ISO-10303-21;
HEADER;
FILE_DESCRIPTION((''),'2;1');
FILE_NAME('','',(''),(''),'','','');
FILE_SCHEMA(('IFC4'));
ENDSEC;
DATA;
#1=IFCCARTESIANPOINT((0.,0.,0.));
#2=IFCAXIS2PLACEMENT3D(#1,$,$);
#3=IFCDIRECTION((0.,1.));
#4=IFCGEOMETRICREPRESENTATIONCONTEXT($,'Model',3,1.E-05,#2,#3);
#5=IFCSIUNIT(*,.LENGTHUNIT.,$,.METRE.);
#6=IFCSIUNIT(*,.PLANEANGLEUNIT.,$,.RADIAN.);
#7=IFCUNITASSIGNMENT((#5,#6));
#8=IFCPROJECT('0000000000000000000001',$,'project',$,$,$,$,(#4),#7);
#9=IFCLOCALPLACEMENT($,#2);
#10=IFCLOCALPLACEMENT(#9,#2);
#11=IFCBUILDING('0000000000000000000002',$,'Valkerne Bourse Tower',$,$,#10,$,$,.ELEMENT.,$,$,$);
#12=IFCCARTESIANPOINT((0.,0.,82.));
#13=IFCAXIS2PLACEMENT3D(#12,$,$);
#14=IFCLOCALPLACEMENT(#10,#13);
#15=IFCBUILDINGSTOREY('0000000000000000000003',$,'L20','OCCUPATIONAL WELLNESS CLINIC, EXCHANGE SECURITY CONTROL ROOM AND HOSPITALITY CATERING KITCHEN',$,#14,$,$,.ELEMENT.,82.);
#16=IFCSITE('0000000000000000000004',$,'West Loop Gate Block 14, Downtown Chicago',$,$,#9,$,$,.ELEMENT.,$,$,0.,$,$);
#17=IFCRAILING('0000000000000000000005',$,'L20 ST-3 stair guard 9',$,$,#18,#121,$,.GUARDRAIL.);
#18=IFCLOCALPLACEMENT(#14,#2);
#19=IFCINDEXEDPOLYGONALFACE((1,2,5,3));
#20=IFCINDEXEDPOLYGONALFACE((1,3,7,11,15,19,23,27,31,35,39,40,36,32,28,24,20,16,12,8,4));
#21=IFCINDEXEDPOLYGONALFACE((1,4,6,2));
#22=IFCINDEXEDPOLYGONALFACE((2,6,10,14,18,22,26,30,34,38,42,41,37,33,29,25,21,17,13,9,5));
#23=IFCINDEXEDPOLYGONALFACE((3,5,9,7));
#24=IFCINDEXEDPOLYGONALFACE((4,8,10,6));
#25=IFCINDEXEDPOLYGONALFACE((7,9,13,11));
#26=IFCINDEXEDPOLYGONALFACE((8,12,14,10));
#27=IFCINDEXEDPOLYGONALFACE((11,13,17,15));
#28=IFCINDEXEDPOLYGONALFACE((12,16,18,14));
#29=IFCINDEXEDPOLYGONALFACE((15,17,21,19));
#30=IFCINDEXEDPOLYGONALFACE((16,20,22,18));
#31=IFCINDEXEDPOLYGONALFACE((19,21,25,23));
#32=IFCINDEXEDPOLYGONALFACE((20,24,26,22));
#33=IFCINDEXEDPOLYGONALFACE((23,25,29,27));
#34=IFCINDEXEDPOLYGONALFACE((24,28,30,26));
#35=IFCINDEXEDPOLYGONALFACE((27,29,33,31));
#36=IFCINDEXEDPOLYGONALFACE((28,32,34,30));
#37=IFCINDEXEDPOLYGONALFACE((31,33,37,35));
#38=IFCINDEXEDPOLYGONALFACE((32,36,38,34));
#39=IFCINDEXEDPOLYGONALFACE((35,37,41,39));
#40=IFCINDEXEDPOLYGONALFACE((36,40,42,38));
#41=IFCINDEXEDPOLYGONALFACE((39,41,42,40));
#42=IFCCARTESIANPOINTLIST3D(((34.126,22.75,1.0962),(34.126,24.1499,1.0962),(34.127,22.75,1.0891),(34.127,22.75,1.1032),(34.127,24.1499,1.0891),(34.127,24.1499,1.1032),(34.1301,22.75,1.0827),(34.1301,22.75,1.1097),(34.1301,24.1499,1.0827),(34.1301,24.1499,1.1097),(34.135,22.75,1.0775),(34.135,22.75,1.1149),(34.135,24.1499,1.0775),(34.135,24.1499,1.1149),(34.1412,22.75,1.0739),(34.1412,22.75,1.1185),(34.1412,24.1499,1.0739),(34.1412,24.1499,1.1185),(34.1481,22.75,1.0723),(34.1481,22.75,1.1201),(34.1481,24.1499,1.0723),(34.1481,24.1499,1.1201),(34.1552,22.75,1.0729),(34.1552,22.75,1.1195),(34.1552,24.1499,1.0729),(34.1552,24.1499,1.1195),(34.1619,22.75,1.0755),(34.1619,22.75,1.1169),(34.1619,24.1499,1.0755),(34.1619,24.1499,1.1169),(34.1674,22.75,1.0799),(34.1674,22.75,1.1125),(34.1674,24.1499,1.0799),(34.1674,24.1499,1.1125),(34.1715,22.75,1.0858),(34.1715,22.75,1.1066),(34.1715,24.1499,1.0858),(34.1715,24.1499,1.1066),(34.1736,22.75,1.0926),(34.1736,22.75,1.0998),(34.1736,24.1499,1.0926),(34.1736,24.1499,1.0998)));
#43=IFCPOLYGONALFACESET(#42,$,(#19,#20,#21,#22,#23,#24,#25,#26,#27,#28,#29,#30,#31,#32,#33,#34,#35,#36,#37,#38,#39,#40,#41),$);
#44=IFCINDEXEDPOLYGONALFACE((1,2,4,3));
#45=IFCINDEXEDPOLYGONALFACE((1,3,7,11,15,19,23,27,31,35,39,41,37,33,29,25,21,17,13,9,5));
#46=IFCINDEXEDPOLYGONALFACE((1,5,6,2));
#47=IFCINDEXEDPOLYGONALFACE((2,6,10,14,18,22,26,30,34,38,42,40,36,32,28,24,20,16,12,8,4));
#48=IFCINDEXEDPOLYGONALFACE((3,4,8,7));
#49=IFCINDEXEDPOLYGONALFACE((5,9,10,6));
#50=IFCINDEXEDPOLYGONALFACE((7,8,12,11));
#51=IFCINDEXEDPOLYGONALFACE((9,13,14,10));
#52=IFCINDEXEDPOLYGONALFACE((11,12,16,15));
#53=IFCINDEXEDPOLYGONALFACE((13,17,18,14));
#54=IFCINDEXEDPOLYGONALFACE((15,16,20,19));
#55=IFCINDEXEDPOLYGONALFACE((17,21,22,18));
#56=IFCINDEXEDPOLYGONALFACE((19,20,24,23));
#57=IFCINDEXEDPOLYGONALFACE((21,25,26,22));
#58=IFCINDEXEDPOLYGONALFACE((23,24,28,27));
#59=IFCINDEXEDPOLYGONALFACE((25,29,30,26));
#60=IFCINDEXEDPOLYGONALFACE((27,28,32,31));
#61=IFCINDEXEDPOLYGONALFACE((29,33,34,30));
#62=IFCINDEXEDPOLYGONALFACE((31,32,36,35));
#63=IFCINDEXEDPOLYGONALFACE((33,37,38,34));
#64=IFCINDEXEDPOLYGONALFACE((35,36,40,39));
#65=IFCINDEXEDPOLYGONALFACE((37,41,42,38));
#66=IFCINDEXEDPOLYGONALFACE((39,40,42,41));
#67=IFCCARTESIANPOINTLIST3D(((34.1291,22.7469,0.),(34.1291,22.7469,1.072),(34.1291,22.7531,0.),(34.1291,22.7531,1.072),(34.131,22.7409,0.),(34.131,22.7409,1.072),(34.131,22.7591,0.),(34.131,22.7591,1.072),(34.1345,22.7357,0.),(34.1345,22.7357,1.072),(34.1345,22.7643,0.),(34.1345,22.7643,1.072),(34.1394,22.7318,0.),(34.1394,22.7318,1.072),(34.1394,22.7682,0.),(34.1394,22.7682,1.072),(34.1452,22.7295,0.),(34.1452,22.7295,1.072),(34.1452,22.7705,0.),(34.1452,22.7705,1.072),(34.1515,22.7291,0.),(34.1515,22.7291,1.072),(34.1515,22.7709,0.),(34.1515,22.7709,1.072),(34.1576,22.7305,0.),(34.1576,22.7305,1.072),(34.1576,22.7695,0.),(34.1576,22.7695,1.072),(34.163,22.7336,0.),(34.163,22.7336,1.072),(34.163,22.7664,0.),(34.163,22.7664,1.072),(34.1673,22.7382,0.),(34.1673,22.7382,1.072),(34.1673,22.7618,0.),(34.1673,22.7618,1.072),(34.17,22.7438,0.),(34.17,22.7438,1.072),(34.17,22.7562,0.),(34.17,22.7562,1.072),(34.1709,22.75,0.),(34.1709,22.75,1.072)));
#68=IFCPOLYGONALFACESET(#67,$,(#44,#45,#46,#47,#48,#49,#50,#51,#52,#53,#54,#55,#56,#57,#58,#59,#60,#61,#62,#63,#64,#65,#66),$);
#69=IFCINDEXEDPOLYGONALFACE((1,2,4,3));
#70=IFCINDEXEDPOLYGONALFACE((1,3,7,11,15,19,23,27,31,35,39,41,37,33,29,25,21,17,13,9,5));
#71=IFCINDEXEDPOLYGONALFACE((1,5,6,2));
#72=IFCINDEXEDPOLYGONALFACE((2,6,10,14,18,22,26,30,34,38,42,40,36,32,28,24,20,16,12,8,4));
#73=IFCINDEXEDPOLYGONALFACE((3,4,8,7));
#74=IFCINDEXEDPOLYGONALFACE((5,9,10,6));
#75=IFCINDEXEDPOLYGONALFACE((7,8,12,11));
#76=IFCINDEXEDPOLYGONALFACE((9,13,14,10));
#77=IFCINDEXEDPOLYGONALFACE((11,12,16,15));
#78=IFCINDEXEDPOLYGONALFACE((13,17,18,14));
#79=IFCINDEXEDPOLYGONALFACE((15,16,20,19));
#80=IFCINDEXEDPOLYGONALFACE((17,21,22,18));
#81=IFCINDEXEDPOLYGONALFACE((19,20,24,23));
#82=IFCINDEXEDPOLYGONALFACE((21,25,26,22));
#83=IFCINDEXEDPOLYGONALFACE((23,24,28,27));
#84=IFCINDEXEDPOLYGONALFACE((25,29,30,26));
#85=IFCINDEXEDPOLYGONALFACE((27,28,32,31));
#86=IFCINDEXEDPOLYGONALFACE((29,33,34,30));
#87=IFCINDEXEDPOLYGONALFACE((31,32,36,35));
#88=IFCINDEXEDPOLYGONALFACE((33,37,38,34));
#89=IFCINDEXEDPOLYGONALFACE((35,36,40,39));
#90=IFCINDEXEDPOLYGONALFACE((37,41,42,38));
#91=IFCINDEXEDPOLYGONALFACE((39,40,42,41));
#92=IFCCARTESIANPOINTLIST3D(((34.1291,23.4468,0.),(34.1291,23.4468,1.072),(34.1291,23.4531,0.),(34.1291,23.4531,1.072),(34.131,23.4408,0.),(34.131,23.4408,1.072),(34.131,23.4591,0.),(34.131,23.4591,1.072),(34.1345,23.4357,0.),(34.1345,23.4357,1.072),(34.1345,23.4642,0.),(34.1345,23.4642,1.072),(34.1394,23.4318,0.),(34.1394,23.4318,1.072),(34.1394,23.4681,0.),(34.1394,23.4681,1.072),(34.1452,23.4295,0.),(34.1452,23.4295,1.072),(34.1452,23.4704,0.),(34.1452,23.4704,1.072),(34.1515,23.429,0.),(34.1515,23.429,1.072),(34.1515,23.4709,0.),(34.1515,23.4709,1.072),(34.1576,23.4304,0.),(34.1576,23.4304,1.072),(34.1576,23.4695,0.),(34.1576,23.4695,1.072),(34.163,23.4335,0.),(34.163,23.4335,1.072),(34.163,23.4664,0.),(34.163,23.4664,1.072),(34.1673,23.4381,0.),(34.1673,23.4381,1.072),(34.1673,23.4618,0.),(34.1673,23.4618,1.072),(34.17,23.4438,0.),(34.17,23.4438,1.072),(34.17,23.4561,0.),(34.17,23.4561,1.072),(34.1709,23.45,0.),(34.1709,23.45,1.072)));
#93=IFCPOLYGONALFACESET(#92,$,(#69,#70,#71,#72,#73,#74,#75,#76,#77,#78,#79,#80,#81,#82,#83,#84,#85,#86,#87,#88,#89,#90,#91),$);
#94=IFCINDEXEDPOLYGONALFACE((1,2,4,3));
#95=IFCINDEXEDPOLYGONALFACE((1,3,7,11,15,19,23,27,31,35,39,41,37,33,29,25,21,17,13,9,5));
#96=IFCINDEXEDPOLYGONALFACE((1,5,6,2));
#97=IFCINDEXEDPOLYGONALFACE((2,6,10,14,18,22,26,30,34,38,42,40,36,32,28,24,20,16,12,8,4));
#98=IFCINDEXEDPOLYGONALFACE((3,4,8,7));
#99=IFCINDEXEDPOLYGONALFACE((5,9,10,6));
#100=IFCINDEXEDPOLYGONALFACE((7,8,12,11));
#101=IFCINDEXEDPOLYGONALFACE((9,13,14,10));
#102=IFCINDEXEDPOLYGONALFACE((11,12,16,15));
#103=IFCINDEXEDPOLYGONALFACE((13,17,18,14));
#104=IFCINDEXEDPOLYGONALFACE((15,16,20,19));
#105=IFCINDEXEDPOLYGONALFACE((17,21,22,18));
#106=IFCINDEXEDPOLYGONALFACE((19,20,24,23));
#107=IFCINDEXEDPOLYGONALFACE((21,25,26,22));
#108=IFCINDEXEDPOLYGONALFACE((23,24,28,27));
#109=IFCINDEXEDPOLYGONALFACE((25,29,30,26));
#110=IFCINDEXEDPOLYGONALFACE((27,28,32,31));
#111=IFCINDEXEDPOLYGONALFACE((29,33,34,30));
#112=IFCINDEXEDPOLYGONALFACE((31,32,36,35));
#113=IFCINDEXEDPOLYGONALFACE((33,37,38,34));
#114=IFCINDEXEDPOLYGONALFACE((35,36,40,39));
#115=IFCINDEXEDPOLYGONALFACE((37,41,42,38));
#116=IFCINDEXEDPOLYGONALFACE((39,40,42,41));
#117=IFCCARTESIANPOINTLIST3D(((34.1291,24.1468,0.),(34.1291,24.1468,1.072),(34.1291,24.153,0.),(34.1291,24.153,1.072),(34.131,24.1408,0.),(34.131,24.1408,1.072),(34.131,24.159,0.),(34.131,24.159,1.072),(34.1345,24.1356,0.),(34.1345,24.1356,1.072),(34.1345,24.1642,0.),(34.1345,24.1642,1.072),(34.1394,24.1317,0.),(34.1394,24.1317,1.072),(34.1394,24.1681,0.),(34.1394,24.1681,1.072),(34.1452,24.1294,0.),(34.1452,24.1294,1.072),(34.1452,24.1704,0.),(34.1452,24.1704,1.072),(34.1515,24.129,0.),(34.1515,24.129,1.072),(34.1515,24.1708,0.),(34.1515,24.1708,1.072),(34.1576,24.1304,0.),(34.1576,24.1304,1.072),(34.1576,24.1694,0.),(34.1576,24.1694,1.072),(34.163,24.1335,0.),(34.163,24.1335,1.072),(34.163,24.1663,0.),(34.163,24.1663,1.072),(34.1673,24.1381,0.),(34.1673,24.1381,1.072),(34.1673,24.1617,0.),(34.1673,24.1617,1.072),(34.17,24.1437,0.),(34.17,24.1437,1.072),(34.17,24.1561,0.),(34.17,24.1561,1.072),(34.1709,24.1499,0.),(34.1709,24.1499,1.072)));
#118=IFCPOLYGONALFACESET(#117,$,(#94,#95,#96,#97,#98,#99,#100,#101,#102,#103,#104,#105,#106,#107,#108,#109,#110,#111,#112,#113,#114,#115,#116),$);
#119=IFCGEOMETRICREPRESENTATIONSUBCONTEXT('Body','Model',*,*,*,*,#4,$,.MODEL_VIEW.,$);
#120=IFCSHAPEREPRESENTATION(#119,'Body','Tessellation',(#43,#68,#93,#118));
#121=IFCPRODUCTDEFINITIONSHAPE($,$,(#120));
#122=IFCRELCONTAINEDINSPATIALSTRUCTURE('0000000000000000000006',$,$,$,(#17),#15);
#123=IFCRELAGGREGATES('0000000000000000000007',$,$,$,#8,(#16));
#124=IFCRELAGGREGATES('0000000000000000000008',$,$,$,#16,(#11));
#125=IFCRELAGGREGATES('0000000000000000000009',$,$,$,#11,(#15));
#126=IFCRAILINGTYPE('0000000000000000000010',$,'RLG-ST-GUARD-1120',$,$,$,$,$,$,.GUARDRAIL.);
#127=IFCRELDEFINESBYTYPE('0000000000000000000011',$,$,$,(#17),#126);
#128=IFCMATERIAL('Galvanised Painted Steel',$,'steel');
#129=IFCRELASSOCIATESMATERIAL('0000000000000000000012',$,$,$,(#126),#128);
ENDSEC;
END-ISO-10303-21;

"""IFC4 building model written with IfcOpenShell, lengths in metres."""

from ifc_helpers import new_model, si_unit, direction, frame, origin, origin_2d, place, context, subcontext, project, spatial, circle, extrude, material, type_object, element, save


model = new_model("IFC4")

# Units and contexts
model_context = context("Model", 3, precision=1e-05, world=origin(), true_north=direction((0.0, 1.0)))
body_context = subcontext(model_context, "Body", "Model", "MODEL_VIEW")
ifc_project = project(units=[si_unit("LENGTHUNIT", "METRE"), si_unit("PLANEANGLEUNIT", "RADIAN")], contexts=[model_context])

# Site, building, storey
site_placement = place(None, origin())
site = spatial("IfcSite", under=ifc_project, at=site_placement, Name="West Loop Gate Block 14, Downtown Chicago", CompositionType="ELEMENT", RefElevation=0.0)
building_placement = place(site_placement, origin())
building = spatial("IfcBuilding", under=site, at=building_placement, Name="Valkerne Bourse Tower", CompositionType="ELEMENT")
storey_placement = place(building_placement, frame((0.0, 0.0, 82.0)))
storey = spatial("IfcBuildingStorey", under=building, at=storey_placement, Name="L20", Description="OCCUPATIONAL WELLNESS CLINIC, EXCHANGE SECURITY CONTROL ROOM AND HOSPITALITY CATERING KITCHEN", CompositionType="ELEMENT", Elevation=82.0)

# Shared definitions
ifc_material_1 = material(Name="Galvanised Painted Steel", Category="steel")

# Railing
railing_type_1 = type_object("IfcRailingType", Name="RLG-ST-GUARD-1120", PredefinedType="GUARDRAIL", material=ifc_material_1)
for number, where, name in (
    (1, (34.1499, 22.75, 0.0), "L20 ST-3 stair guard 9"),
):
    element("IfcRailing", number, at=place(storey_placement, frame(where)), inside=storey, type_object=railing_type_1, Name=name, PredefinedType="GUARDRAIL", context=body_context, shape_type="SweptSolid", body=[
        extrude(circle(Radius=0.0239, at=origin_2d()), frame((0.0, 0.0, 1.0962), z_axis=(0.0, 1.0, 0.0), x_axis=(-1.0, 0.0, 0.0)), (0.0, 0.0, 1.0), 1.3999),
        extrude(circle(Radius=0.021, at=origin_2d()), origin(), (0.0, 0.0, 1.0), 1.072),
        extrude(circle(Radius=0.021, at=origin_2d()), frame((0.0, 0.7, 0.0)), (0.0, 0.0, 1.0), 1.072),
        extrude(circle(Radius=0.021, at=origin_2d()), frame((0.0, 1.3999, 0.0)), (0.0, 0.0, 1.0), 1.072),
    ])

save(model, "model.ifc")
